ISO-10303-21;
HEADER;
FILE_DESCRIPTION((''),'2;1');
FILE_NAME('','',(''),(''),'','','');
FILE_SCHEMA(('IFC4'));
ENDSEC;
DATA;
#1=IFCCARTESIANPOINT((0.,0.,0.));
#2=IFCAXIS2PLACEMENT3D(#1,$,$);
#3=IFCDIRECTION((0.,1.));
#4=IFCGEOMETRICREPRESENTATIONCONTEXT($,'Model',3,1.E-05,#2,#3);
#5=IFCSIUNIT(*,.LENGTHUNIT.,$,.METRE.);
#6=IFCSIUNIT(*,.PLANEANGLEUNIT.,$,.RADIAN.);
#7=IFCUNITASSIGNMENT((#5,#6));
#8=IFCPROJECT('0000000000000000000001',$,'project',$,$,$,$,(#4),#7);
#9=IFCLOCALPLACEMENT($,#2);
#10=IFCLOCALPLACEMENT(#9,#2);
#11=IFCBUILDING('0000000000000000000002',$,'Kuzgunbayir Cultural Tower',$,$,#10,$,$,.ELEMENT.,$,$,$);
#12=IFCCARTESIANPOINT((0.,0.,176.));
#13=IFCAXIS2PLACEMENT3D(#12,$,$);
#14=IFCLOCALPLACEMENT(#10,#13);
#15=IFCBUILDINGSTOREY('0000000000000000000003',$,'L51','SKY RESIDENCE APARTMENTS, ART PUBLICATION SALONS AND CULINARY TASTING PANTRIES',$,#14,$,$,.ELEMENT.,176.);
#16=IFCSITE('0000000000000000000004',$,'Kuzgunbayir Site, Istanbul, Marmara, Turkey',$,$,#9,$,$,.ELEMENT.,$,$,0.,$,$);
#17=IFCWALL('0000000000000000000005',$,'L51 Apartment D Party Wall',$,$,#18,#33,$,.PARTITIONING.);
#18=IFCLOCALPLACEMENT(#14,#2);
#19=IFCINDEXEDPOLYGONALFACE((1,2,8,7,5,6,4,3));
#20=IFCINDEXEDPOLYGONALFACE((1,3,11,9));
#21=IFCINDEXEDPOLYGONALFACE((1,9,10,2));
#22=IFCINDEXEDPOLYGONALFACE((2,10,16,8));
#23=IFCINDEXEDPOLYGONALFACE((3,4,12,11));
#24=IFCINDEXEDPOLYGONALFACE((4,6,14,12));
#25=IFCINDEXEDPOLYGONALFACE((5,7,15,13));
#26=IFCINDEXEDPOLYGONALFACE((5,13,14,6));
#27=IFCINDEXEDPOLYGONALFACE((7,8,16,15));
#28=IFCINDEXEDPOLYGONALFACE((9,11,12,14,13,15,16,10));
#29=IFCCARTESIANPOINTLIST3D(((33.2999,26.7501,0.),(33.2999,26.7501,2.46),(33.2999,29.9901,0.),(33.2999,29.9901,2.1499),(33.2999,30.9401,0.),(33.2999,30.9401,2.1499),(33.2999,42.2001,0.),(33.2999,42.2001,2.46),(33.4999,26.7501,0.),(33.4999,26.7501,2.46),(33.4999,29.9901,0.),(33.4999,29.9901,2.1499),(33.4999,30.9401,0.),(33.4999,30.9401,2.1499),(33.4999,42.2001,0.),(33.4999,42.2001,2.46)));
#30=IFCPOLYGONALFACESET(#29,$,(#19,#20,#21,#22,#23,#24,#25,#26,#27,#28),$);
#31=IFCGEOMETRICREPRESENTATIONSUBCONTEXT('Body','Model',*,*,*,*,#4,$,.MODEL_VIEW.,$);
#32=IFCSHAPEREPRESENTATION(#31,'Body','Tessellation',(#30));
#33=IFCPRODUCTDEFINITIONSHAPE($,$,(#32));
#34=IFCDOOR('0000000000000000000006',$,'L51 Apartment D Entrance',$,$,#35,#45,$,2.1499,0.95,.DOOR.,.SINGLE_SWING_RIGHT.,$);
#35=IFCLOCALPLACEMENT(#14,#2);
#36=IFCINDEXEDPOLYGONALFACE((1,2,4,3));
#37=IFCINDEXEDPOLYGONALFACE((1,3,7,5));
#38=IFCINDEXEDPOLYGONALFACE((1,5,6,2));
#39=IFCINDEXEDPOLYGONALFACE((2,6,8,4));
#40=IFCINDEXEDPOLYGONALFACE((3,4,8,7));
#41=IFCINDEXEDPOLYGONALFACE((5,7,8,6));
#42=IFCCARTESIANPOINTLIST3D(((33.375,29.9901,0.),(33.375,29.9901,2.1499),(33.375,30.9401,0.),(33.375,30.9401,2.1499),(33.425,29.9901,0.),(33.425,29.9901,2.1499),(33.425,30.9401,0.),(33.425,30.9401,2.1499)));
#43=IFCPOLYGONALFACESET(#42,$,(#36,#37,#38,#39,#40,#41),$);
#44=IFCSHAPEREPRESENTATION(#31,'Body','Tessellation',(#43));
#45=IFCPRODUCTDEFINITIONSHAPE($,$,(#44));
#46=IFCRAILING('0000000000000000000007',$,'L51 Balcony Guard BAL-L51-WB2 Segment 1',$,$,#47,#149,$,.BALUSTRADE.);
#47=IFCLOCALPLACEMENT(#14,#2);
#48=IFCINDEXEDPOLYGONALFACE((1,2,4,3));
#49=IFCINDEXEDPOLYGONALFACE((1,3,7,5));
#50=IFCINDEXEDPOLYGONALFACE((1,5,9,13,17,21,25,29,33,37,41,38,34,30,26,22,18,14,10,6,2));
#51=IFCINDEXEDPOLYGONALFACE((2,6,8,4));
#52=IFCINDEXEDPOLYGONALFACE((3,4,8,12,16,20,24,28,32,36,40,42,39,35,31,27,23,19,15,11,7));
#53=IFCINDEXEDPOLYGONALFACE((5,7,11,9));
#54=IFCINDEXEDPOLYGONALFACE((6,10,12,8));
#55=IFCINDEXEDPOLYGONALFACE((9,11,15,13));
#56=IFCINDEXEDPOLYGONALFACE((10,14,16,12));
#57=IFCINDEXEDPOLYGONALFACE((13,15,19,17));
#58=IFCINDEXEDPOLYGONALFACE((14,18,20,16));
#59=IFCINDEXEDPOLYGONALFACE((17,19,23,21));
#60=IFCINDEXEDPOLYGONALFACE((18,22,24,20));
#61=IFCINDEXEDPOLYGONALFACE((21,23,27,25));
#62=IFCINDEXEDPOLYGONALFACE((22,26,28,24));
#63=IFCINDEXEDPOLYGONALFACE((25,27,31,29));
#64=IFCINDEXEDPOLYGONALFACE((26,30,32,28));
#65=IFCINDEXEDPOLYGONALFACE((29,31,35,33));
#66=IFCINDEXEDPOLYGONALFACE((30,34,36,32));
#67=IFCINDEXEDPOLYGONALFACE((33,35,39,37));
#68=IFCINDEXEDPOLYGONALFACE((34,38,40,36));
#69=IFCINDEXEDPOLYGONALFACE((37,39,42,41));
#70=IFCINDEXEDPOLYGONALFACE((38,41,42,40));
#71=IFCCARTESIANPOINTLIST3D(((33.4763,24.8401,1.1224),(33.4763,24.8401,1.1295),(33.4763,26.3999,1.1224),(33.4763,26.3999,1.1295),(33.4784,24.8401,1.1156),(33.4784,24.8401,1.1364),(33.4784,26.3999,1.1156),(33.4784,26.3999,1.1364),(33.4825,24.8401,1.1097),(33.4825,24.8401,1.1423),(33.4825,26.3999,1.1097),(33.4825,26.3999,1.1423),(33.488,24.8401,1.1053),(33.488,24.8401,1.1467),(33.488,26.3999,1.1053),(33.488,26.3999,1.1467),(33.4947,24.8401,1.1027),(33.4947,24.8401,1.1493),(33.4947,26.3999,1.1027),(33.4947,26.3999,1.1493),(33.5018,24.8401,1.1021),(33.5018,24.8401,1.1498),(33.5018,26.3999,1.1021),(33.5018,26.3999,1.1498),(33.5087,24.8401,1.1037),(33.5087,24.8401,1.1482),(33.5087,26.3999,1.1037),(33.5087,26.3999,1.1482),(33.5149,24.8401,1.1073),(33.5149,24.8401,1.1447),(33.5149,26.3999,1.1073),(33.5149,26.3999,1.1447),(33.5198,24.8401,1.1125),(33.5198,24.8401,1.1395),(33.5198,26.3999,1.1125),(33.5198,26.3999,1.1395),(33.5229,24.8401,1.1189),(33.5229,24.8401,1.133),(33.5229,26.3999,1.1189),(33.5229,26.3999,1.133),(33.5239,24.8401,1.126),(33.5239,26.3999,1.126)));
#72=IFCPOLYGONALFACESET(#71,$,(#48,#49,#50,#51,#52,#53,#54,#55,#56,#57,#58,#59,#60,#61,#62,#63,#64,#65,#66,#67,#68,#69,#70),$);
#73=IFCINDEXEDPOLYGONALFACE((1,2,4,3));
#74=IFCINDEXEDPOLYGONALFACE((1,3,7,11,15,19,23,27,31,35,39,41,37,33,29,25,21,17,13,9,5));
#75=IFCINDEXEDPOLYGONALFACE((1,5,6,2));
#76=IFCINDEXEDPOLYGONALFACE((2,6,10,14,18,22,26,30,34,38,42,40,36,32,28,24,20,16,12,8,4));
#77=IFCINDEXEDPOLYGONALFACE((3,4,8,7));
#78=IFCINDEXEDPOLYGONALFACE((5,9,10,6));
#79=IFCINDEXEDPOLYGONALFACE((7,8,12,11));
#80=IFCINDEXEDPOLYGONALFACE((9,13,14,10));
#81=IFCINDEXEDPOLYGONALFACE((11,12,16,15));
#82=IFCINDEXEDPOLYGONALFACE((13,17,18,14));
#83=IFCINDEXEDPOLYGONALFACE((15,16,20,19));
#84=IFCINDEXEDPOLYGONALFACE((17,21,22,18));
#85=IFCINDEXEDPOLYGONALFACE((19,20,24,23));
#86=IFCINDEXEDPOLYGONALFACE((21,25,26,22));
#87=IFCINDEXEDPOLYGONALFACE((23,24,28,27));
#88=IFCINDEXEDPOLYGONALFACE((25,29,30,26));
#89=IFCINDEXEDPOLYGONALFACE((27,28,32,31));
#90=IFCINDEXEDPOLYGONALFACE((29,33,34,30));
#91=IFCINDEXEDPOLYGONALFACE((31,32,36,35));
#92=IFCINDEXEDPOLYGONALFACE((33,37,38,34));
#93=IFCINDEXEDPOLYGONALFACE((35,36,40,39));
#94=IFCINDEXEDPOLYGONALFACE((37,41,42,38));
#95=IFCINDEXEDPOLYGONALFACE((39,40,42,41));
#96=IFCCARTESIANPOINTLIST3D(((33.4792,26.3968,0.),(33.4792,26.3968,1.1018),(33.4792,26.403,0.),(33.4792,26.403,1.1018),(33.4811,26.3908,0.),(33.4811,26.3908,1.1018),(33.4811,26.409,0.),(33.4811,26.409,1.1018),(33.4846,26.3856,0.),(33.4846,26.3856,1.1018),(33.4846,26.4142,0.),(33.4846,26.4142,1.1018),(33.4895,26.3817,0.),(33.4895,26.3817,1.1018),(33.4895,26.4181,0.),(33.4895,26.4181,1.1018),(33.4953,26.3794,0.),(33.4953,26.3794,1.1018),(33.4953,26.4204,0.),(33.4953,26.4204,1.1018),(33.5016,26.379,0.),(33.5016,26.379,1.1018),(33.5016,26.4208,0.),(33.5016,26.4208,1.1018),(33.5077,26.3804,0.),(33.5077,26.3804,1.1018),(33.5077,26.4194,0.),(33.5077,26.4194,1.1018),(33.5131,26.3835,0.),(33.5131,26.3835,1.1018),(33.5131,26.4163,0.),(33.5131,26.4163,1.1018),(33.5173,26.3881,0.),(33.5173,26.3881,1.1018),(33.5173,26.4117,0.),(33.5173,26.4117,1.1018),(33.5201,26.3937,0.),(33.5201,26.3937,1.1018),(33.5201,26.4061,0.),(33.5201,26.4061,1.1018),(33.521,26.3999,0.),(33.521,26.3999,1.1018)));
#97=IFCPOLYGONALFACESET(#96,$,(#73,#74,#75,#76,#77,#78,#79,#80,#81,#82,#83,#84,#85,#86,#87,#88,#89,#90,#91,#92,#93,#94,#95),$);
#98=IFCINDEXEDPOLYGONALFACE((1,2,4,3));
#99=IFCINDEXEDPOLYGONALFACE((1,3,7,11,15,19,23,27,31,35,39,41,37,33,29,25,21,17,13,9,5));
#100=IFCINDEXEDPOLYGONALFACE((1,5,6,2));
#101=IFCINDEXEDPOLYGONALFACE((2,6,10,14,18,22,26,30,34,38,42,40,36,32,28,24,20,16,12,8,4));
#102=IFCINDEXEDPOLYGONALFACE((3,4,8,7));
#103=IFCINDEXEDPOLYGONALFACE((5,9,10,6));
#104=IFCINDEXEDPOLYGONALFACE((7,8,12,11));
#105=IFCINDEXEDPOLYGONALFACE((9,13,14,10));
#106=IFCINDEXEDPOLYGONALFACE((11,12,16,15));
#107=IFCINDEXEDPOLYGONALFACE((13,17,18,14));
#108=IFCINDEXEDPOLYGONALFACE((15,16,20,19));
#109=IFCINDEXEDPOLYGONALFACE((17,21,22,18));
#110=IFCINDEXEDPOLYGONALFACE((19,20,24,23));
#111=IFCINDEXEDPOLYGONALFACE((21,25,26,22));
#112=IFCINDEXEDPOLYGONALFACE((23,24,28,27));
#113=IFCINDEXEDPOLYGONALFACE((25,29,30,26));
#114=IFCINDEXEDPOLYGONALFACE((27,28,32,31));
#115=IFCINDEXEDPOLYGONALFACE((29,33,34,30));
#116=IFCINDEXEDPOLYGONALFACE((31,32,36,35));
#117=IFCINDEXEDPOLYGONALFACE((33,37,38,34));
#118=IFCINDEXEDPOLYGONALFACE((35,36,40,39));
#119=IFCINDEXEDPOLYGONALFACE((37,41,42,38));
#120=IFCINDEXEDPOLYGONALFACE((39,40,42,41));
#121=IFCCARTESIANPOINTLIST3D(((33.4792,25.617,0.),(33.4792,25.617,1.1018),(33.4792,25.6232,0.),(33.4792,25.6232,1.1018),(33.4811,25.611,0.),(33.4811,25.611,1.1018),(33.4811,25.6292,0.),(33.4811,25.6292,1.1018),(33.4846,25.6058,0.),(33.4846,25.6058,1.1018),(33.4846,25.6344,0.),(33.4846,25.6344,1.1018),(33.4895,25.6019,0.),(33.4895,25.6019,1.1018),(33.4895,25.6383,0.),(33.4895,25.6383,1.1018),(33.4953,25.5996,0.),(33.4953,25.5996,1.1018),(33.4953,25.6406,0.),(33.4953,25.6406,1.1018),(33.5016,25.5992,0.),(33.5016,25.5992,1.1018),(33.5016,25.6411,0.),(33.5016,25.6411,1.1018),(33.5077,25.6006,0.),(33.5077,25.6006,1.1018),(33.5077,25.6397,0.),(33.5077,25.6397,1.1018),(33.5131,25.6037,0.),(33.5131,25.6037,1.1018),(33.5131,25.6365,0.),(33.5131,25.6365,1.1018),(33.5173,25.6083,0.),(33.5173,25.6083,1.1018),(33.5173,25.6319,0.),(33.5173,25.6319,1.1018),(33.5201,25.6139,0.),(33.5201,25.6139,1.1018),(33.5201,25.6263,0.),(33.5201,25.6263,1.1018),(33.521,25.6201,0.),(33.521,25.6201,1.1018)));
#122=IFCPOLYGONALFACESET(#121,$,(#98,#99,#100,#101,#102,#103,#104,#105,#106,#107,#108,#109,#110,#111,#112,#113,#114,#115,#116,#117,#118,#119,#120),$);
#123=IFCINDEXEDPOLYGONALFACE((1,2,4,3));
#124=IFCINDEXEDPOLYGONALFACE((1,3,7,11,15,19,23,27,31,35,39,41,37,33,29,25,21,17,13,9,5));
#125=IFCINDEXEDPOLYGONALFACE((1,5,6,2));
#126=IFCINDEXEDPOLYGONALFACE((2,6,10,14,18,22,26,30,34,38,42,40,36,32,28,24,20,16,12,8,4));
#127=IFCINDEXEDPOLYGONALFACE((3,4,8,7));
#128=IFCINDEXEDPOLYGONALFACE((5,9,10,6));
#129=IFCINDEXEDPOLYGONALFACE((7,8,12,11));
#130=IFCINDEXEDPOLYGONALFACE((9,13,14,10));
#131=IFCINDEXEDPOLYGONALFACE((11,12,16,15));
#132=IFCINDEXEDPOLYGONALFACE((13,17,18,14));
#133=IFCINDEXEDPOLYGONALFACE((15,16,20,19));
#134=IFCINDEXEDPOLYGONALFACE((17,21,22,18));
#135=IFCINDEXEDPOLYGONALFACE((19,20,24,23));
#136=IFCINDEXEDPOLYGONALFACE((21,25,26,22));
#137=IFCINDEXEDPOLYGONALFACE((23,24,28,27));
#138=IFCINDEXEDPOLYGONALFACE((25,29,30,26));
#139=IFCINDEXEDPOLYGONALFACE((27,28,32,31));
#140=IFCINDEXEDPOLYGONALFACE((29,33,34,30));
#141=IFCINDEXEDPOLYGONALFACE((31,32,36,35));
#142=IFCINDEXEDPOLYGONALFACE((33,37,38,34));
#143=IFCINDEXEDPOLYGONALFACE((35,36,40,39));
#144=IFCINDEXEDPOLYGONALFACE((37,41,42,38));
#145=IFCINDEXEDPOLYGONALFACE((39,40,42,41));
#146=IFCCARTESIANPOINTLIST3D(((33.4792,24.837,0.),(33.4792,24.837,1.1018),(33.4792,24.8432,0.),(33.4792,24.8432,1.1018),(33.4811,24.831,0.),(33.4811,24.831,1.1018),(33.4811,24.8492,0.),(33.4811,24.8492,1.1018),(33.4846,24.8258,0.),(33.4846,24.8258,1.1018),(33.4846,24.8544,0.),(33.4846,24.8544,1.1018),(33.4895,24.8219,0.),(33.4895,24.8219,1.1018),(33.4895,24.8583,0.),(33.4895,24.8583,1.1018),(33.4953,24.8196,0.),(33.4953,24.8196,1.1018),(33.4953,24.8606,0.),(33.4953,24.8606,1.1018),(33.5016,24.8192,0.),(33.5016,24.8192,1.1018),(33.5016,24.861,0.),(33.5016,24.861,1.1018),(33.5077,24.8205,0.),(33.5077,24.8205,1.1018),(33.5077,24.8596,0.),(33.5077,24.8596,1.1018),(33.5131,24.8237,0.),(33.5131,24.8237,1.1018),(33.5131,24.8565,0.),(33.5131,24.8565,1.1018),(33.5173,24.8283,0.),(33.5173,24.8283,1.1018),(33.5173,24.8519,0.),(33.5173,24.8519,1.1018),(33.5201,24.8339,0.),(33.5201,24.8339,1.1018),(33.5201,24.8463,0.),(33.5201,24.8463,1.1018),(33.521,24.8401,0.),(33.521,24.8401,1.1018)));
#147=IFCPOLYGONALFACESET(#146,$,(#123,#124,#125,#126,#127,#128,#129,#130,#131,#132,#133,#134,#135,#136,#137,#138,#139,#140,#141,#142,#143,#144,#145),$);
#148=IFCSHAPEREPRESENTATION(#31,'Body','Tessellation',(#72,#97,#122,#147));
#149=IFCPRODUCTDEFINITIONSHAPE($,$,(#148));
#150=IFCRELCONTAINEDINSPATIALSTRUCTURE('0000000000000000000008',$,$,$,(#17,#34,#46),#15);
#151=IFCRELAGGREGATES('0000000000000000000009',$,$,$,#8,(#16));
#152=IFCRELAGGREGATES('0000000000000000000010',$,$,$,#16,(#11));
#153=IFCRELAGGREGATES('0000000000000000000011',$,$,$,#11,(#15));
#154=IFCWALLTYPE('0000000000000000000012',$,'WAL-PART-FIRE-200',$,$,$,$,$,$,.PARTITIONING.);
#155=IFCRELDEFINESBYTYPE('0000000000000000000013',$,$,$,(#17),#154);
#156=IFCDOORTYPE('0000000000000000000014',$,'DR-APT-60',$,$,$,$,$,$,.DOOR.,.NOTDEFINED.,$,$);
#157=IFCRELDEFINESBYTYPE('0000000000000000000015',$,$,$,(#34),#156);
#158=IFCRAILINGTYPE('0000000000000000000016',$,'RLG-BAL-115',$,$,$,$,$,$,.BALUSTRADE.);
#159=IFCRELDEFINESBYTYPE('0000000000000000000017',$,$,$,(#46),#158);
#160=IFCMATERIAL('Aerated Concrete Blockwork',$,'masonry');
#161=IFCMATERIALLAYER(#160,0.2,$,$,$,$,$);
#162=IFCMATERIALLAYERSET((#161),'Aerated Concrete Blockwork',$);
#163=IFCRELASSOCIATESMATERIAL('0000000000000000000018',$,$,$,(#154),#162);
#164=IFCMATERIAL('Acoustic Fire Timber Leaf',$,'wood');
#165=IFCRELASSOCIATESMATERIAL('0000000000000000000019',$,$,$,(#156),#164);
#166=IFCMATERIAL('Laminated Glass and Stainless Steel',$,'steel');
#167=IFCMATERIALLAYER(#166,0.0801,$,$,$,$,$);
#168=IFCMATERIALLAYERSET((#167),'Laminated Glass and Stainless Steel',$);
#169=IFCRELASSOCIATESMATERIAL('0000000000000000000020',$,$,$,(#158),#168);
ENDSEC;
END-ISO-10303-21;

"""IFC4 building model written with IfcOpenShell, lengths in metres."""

from ifc_helpers import new_model, si_unit, direction, frame, frame_2d, origin, origin_2d, place, context, subcontext, project, spatial, rectangle, circle, extrude, material, layer, layer_set, type_object, element, fill, save


model = new_model("IFC4")

# Units and contexts
model_context = context("Model", 3, precision=1e-05, world=origin(), true_north=direction((0.0, 1.0)))
body_context = subcontext(model_context, "Body", "Model", "MODEL_VIEW")
ifc_project = project(units=[si_unit("LENGTHUNIT", "METRE"), si_unit("PLANEANGLEUNIT", "RADIAN")], contexts=[model_context])

# Site, building, storey
site_placement = place(None, origin())
site = spatial("IfcSite", under=ifc_project, at=site_placement, Name="Kuzgunbayir Site, Istanbul, Marmara, Turkey", CompositionType="ELEMENT", RefElevation=0.0)
building_placement = place(site_placement, origin())
building = spatial("IfcBuilding", under=site, at=building_placement, Name="Kuzgunbayir Cultural Tower", CompositionType="ELEMENT")
storey_placement = place(building_placement, frame((0.0, 0.0, 176.0)))
storey = spatial("IfcBuildingStorey", under=building, at=storey_placement, Name="L51", Description="SKY RESIDENCE APARTMENTS, ART PUBLICATION SALONS AND CULINARY TASTING PANTRIES", CompositionType="ELEMENT", Elevation=176.0)

# Wall, opening, door
ifc_material_1 = material(Name="Aerated Concrete Blockwork", Category="masonry")
ifc_layer_1 = layer(ifc_material_1, 0.2)
ifc_layer_set_1 = layer_set([ifc_layer_1], Name="Aerated Concrete Blockwork")
wall_type_1 = type_object("IfcWallType", Name="WAL-PART-FIRE-200", PredefinedType="PARTITIONING", material=ifc_layer_set_1)
wall_1_placement = place(storey_placement, frame((33.3999, 26.75, 0.0), z_axis=(0.0, 0.0, 1.0), x_axis=(0.0, 1.0, 0.0)))
wall_1 = element("IfcWall", 1, at=wall_1_placement, inside=storey, type_object=wall_type_1, Name="L51 Apartment D Party Wall", PredefinedType="PARTITIONING", context=body_context, shape_type="SweptSolid", body=[
    extrude(rectangle(XDim=15.45, YDim=0.2, at=frame_2d((7.7251, 0.0))), origin(), (0.0, 0.0, 1.0), 2.46),
])
opening_1_placement = place(wall_1_placement, frame((3.24, 0.0, 0.0)))
opening_1 = element("IfcOpeningElement", 2, at=opening_1_placement, cuts=wall_1, PredefinedType="OPENING", context=body_context, shape_type="SweptSolid", body=[
    extrude(rectangle(XDim=0.95, YDim=2.1499, at=frame_2d((0.4751, 1.075))), frame((0.0, 0.1099, 0.0), z_axis=(0.0, -1.0, 0.0), x_axis=(1.0, 0.0, 0.0)), (0.0, 0.0, 1.0), 0.22),
])
ifc_material_2 = material(Name="Acoustic Fire Timber Leaf", Category="wood")
door_type = type_object("IfcDoorType", Name="DR-APT-60", OperationType="NOTDEFINED", PredefinedType="DOOR", material=ifc_material_2)
door_placement = place(opening_1_placement, origin())
door = element("IfcDoor", 3, at=door_placement, inside=storey, type_object=door_type, Name="L51 Apartment D Entrance", OperationType="SINGLE_SWING_RIGHT", OverallHeight=2.1499, OverallWidth=0.95, PredefinedType="DOOR", context=body_context, shape_type="SweptSolid", body=[
    extrude(rectangle(XDim=0.95, YDim=2.1499, at=frame_2d((0.4751, 1.075))), frame((0.0, 0.0249, 0.0), z_axis=(0.0, -1.0, 0.0), x_axis=(1.0, 0.0, 0.0)), (0.0, 0.0, 1.0), 0.05),
])
fill(opening_1, door)

# Railing
ifc_material_3 = material(Name="Laminated Glass and Stainless Steel", Category="steel")
ifc_layer_2 = layer(ifc_material_3, 0.0801)
ifc_layer_set_2 = layer_set([ifc_layer_2], Name="Laminated Glass and Stainless Steel")
railing_type = type_object("IfcRailingType", Name="RLG-BAL-115", PredefinedType="BALUSTRADE", material=ifc_layer_set_2)
railing_1_placement = place(storey_placement, frame((33.5, 26.3999, 0.0)))
element("IfcRailing", 4, at=railing_1_placement, inside=storey, type_object=railing_type, Name="L51 Balcony Guard BAL-L51-WB2 Segment 1", PredefinedType="BALUSTRADE", context=body_context, shape_type="SweptSolid", body=[
    extrude(circle(Radius=0.0239, at=origin_2d()), frame((0.0, 0.0, 1.126), z_axis=(0.0, -1.0, 0.0), x_axis=(1.0, 0.0, 0.0)), (0.0, 0.0, 1.0), 1.5598),
    extrude(circle(Radius=0.021, at=origin_2d()), origin(), (0.0, 0.0, 1.0), 1.1018),
    extrude(circle(Radius=0.021, at=origin_2d()), frame((0.0, -0.7798, 0.0)), (0.0, 0.0, 1.0), 1.1018),
    extrude(circle(Radius=0.021, at=origin_2d()), frame((0.0, -1.5598, 0.0)), (0.0, 0.0, 1.0), 1.1018),
])

save(model, "model.ifc")
